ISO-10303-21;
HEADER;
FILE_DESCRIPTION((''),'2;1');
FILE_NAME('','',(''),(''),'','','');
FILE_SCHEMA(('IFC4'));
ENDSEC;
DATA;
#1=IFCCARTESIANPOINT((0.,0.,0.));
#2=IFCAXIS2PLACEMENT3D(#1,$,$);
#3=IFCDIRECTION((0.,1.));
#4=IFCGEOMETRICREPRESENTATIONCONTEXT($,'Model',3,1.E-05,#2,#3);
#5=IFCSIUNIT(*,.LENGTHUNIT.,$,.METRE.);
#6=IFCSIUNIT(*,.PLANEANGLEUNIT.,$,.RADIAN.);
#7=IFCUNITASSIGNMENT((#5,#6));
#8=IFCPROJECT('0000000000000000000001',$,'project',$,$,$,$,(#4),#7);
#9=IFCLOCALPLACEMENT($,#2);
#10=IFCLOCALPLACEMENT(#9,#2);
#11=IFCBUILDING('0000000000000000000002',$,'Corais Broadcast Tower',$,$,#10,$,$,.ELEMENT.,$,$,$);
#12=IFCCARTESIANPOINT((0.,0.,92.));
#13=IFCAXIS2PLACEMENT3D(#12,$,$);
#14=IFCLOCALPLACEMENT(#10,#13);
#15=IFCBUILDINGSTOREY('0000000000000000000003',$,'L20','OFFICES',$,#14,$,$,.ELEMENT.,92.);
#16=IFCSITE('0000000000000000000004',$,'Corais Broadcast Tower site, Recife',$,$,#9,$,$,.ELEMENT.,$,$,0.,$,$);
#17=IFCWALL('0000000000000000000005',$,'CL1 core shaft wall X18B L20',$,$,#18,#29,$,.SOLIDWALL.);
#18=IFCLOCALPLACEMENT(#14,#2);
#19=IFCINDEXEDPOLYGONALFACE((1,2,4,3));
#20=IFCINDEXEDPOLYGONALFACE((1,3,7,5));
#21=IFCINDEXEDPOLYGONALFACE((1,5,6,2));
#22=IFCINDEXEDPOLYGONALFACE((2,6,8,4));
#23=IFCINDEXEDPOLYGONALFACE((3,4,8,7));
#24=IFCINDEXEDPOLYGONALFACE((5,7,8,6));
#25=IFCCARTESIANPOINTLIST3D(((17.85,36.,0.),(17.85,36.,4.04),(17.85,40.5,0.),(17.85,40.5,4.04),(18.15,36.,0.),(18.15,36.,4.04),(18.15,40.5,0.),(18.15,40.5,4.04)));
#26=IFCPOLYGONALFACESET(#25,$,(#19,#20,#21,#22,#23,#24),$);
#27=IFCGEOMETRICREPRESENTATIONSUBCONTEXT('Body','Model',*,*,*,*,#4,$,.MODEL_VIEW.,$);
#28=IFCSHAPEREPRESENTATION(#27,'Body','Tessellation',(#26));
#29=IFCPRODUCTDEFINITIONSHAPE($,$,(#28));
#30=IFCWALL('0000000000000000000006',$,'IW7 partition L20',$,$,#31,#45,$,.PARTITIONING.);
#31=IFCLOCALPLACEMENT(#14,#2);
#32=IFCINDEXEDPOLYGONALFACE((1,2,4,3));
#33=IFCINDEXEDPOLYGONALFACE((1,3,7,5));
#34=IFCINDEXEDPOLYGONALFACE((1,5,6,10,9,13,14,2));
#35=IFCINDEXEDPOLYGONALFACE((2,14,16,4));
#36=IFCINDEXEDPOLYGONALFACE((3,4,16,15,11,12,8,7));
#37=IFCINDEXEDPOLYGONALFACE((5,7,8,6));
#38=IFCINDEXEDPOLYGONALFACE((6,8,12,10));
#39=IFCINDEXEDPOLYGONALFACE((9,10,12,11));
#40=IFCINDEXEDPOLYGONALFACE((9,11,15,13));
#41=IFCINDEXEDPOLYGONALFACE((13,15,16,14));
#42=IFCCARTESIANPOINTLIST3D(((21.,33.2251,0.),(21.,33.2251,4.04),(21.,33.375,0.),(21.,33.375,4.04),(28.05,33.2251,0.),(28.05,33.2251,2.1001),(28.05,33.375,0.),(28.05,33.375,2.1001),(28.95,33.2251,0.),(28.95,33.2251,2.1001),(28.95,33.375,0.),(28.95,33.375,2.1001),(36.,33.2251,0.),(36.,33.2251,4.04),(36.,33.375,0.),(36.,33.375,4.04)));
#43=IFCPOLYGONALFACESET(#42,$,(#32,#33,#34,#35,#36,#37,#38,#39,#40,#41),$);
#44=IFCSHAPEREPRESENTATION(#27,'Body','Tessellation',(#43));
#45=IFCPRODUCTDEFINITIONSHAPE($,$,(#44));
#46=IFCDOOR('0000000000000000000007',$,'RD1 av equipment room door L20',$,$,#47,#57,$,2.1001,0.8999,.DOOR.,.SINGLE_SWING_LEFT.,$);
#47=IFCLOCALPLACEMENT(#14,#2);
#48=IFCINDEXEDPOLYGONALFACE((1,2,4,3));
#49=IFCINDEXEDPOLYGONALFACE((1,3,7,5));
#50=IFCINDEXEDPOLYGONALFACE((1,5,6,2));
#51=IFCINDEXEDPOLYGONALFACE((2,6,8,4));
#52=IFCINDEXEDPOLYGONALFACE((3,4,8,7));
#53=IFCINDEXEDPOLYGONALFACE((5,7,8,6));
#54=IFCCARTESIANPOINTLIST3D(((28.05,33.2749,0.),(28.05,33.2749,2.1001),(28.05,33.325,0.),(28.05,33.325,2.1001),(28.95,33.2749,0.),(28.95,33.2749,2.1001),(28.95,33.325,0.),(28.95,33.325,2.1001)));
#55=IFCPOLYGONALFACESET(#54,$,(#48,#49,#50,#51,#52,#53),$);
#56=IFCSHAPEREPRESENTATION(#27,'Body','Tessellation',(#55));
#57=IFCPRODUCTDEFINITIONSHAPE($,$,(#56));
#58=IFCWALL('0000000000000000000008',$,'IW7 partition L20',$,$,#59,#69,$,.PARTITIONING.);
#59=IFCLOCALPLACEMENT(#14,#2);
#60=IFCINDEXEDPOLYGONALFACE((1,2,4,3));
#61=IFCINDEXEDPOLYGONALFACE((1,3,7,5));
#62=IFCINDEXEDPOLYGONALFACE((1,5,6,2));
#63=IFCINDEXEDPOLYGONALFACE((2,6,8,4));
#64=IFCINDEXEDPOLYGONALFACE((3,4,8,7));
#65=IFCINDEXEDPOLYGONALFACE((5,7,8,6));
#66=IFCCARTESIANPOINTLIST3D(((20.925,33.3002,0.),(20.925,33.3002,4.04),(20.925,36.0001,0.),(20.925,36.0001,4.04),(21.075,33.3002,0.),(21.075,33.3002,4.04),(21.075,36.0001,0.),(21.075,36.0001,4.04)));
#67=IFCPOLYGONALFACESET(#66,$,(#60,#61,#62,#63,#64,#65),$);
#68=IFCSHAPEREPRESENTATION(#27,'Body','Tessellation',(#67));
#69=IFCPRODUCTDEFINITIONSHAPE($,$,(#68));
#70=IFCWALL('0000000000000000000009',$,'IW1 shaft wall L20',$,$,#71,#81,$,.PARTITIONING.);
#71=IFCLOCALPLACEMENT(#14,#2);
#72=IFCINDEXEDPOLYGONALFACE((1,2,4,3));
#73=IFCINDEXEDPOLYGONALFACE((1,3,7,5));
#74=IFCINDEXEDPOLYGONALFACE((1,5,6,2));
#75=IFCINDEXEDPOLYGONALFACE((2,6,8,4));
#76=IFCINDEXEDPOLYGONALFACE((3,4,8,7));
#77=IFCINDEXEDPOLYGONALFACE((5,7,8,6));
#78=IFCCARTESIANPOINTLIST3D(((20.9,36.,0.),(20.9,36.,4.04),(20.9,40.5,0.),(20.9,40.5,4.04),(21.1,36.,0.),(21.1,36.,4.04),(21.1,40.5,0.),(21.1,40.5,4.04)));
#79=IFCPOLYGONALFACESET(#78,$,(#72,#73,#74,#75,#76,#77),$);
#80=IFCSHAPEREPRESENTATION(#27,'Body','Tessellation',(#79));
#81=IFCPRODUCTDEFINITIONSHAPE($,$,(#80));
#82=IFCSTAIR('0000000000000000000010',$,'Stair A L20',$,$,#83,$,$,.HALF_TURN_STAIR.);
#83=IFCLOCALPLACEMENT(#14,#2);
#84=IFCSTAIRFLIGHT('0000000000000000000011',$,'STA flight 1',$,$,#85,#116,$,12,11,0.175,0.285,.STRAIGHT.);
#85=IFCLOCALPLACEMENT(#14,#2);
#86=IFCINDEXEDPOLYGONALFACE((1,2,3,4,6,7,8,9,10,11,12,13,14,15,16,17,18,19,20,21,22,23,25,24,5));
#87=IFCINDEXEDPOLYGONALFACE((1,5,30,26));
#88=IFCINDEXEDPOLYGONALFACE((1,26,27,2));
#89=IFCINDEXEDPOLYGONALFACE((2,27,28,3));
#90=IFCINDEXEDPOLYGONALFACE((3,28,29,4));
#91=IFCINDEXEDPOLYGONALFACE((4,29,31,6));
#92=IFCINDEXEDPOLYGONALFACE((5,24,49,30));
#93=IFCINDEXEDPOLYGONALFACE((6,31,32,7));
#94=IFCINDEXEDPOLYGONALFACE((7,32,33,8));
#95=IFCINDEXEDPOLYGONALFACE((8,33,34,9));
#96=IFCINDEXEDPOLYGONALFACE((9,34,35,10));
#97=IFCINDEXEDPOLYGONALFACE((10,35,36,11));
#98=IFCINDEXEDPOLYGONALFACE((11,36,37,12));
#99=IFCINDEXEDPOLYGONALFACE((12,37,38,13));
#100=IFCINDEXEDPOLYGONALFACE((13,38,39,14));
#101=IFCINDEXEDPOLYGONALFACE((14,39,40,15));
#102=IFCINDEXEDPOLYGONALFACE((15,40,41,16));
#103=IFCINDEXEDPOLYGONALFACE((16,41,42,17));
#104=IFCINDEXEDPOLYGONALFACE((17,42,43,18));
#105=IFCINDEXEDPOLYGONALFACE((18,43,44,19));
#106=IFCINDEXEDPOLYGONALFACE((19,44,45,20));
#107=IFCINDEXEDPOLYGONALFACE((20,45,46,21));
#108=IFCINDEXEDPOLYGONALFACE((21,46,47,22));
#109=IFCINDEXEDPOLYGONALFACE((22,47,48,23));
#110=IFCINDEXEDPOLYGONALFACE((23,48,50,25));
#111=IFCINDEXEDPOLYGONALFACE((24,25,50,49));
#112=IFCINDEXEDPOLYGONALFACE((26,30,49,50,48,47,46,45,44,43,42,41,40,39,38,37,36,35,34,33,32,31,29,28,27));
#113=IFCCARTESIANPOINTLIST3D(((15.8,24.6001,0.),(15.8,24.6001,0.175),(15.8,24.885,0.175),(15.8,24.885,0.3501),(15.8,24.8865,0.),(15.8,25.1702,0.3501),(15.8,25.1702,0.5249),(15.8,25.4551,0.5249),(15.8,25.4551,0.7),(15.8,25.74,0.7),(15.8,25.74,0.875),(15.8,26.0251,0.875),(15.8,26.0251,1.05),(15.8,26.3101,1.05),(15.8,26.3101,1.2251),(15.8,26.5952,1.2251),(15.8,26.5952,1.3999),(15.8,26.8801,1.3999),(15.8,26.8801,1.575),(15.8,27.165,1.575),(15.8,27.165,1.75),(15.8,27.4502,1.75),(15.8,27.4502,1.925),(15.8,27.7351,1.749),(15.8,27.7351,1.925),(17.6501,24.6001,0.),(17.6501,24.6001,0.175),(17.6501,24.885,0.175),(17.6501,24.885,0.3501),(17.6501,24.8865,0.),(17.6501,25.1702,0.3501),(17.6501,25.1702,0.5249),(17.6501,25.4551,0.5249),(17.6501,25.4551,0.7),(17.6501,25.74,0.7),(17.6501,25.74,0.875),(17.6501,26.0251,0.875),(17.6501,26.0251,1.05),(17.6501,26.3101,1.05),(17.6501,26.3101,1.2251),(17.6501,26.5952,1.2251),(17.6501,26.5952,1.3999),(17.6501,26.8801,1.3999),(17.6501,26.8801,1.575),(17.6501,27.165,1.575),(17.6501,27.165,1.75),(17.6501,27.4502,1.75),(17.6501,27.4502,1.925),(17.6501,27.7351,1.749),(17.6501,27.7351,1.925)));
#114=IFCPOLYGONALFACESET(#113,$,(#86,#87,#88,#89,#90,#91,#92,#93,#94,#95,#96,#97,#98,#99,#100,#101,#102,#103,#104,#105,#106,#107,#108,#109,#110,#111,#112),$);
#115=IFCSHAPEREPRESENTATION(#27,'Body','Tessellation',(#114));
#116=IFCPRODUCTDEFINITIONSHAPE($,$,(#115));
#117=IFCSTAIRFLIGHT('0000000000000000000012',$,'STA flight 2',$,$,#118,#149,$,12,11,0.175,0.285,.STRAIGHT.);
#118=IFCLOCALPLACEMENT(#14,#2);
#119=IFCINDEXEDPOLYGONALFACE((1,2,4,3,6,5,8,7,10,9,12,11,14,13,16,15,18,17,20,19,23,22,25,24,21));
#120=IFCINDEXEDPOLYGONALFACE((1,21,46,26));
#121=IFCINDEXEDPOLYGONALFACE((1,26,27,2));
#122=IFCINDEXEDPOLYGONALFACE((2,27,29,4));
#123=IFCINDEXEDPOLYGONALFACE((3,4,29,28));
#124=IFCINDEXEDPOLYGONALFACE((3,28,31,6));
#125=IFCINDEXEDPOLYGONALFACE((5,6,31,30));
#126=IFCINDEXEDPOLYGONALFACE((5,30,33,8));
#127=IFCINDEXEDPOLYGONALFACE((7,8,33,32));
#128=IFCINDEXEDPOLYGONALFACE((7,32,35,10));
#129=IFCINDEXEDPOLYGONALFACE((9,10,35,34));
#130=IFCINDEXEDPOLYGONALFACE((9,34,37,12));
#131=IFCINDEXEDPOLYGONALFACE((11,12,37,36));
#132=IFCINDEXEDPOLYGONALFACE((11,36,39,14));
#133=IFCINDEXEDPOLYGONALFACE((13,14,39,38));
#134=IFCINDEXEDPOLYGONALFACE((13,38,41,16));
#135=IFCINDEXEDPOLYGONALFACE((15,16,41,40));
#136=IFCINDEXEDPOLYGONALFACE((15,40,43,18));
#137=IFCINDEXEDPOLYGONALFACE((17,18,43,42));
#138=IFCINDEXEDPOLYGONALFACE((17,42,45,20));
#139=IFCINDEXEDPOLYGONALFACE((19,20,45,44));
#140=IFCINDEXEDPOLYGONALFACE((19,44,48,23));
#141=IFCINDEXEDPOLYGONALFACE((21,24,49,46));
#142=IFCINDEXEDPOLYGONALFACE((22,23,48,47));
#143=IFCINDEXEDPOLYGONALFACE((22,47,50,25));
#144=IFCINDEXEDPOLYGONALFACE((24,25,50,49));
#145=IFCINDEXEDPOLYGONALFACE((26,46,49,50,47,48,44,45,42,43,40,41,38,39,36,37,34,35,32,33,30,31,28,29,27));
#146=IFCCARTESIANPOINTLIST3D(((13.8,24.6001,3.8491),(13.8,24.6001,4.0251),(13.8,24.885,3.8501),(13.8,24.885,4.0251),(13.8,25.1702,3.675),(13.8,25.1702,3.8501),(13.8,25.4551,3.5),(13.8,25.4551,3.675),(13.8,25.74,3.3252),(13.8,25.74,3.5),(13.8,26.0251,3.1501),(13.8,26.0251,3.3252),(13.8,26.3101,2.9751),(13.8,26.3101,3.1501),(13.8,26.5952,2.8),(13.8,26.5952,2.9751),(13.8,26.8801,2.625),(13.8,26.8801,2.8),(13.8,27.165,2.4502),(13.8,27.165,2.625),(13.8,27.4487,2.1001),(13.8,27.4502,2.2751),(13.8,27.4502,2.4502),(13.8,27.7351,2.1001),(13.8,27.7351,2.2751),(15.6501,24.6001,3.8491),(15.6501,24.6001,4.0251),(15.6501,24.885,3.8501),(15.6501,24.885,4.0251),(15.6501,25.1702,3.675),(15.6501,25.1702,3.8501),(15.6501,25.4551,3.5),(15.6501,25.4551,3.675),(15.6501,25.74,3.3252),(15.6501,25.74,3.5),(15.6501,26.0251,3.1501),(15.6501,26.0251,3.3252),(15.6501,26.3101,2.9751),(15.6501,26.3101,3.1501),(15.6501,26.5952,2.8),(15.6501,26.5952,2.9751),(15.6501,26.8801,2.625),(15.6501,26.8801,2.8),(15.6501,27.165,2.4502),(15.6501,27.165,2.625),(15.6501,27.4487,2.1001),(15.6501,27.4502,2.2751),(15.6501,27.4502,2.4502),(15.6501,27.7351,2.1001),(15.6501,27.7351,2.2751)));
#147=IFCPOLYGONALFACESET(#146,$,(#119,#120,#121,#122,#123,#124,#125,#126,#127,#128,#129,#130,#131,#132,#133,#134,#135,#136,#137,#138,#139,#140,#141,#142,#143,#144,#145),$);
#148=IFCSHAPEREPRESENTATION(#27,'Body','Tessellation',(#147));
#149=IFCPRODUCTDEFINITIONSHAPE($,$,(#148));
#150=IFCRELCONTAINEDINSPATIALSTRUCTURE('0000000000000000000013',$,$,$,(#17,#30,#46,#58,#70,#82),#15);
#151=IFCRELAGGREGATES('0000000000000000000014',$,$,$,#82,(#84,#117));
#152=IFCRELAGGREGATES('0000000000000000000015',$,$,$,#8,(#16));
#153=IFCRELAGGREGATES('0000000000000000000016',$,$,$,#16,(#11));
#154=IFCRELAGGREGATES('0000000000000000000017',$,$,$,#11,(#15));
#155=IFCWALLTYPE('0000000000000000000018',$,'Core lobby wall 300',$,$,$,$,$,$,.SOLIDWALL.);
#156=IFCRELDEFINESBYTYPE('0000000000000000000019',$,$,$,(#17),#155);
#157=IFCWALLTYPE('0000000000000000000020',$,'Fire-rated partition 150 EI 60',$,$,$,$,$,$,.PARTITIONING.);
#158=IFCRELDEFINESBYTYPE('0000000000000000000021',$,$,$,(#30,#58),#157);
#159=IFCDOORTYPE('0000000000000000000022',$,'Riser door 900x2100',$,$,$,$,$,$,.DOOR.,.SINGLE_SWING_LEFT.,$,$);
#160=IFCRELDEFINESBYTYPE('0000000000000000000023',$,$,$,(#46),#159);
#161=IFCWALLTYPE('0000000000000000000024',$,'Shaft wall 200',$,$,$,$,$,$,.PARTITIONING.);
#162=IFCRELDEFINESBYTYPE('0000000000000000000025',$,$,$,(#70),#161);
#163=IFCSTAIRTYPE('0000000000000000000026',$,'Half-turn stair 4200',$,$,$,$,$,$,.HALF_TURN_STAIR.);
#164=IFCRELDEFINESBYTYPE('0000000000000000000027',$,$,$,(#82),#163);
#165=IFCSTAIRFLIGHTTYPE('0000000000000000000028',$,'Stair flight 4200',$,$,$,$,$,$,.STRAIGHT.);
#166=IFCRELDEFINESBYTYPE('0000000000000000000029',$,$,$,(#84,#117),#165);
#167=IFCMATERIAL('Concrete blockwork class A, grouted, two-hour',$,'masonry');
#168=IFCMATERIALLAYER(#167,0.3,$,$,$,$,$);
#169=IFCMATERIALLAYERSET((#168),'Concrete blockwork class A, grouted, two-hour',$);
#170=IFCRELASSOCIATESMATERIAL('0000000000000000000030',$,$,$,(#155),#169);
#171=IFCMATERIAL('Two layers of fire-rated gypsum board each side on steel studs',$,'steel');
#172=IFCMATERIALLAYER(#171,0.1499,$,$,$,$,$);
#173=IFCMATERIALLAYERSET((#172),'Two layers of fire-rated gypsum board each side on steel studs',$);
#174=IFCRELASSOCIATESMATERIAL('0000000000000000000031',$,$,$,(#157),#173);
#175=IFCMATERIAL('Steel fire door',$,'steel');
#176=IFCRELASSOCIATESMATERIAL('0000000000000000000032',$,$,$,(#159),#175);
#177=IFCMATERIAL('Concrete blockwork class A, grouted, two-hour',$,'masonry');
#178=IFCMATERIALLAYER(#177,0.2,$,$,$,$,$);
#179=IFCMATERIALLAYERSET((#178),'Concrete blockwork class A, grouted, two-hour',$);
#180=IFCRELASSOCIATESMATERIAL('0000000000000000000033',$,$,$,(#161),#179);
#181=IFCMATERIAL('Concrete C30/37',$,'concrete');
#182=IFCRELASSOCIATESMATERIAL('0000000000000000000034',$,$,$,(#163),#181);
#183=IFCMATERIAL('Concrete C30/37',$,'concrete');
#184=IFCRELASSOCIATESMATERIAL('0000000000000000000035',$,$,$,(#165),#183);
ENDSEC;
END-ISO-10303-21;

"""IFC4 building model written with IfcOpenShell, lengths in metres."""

from ifc_helpers import new_model, si_unit, direction, frame, frame_2d, origin, place, context, subcontext, project, spatial, polyline, rectangle, outline, extrude, material, layer, layer_set, type_object, element, fill, aggregate, save


model = new_model("IFC4")

# Units and contexts
model_context = context("Model", 3, precision=1e-05, world=origin(), true_north=direction((0.0, 1.0)))
body_context = subcontext(model_context, "Body", "Model", "MODEL_VIEW")
ifc_project = project(units=[si_unit("LENGTHUNIT", "METRE"), si_unit("PLANEANGLEUNIT", "RADIAN")], contexts=[model_context])

# Site, building, storey
site_placement = place(None, origin())
site = spatial("IfcSite", under=ifc_project, at=site_placement, Name="Corais Broadcast Tower site, Recife", CompositionType="ELEMENT", RefElevation=0.0)
building_placement = place(site_placement, origin())
building = spatial("IfcBuilding", under=site, at=building_placement, Name="Corais Broadcast Tower", CompositionType="ELEMENT")
storey_placement = place(building_placement, frame((0.0, 0.0, 92.0)))
storey = spatial("IfcBuildingStorey", under=building, at=storey_placement, Name="L20", Description="OFFICES", CompositionType="ELEMENT", Elevation=92.0)

# Wall
ifc_material_1 = material(Name="Concrete blockwork class A, grouted, two-hour", Category="masonry")
ifc_layer_1 = layer(ifc_material_1, 0.3)
ifc_layer_set_1 = layer_set([ifc_layer_1], Name="Concrete blockwork class A, grouted, two-hour")
wall_type_1 = type_object("IfcWallType", Name="Core lobby wall 300", PredefinedType="SOLIDWALL", material=ifc_layer_set_1)
wall_1_placement = place(storey_placement, frame((18.0, 36.0, 0.0), z_axis=(0.0, 0.0, 1.0), x_axis=(0.0, 1.0, 0.0)))
element("IfcWall", 1, at=wall_1_placement, inside=storey, type_object=wall_type_1, Name="CL1 core shaft wall X18B L20", PredefinedType="SOLIDWALL", context=body_context, shape_type="SweptSolid", body=[
    extrude(rectangle(XDim=4.5, YDim=0.3, at=frame_2d((2.25, 0.0))), origin(), (0.0, 0.0, 1.0), 4.04),
])

# Wall, opening, door
ifc_material_2 = material(Name="Two layers of fire-rated gypsum board each side on steel studs", Category="steel")
ifc_layer_2 = layer(ifc_material_2, 0.1499)
ifc_layer_set_2 = layer_set([ifc_layer_2], Name="Two layers of fire-rated gypsum board each side on steel studs")
wall_type_2 = type_object("IfcWallType", Name="Fire-rated partition 150 EI 60", PredefinedType="PARTITIONING", material=ifc_layer_set_2)
wall_2_placement = place(storey_placement, frame((21.0, 33.3, 0.0), z_axis=(0.0, 0.0, 1.0), x_axis=(1.0, 0.0, 0.0)))
wall_2 = element("IfcWall", 2, at=wall_2_placement, inside=storey, type_object=wall_type_2, Name="IW7 partition L20", PredefinedType="PARTITIONING", context=body_context, shape_type="SweptSolid", body=[
    extrude(rectangle(XDim=15.0, YDim=0.1499, at=frame_2d((7.5, 0.0))), origin(), (0.0, 0.0, 1.0), 4.04),
])
opening_placement = place(wall_2_placement, frame((7.05, 0.0, 0.0)))
opening = element("IfcOpeningElement", 3, at=opening_placement, cuts=wall_2, PredefinedType="OPENING", context=body_context, shape_type="SweptSolid", body=[
    extrude(rectangle(XDim=0.8999, YDim=2.1001, at=frame_2d((0.45, 1.05))), frame((0.0, 0.085, 0.0), z_axis=(0.0, -1.0, 0.0), x_axis=(1.0, 0.0, 0.0)), (0.0, 0.0, 1.0), 0.1699),
])
ifc_material_3 = material(Name="Steel fire door", Category="steel")
door_type = type_object("IfcDoorType", Name="Riser door 900x2100", OperationType="SINGLE_SWING_LEFT", PredefinedType="DOOR", material=ifc_material_3)
door_placement = place(opening_placement, origin())
door = element("IfcDoor", 4, at=door_placement, inside=storey, type_object=door_type, Name="RD1 av equipment room door L20", OperationType="SINGLE_SWING_LEFT", OverallHeight=2.1001, OverallWidth=0.8999, PredefinedType="DOOR", context=body_context, shape_type="SweptSolid", body=[
    extrude(rectangle(XDim=0.8999, YDim=2.1001, at=frame_2d((0.45, 1.05))), frame((0.0, 0.0249, 0.0), z_axis=(0.0, -1.0, 0.0), x_axis=(1.0, 0.0, 0.0)), (0.0, 0.0, 1.0), 0.05),
])
fill(opening, door)

# Walls
wall_3_placement = place(storey_placement, frame((21.0, 33.3, 0.0), z_axis=(0.0, 0.0, 1.0), x_axis=(0.0, 1.0, 0.0)))
element("IfcWall", 5, at=wall_3_placement, inside=storey, type_object=wall_type_2, Name="IW7 partition L20", PredefinedType="PARTITIONING", context=body_context, shape_type="SweptSolid", body=[
    extrude(rectangle(XDim=2.7, YDim=0.1499, at=frame_2d((1.3501, 0.0))), origin(), (0.0, 0.0, 1.0), 4.04),
])
ifc_material_4 = material(Name="Concrete blockwork class A, grouted, two-hour", Category="masonry")
ifc_layer_3 = layer(ifc_material_4, 0.2)
ifc_layer_set_3 = layer_set([ifc_layer_3], Name="Concrete blockwork class A, grouted, two-hour")
wall_type_3 = type_object("IfcWallType", Name="Shaft wall 200", PredefinedType="PARTITIONING", material=ifc_layer_set_3)
wall_4_placement = place(storey_placement, frame((21.0, 36.0, 0.0), z_axis=(0.0, 0.0, 1.0), x_axis=(0.0, 1.0, 0.0)))
element("IfcWall", 6, at=wall_4_placement, inside=storey, type_object=wall_type_3, Name="IW1 shaft wall L20", PredefinedType="PARTITIONING", context=body_context, shape_type="SweptSolid", body=[
    extrude(rectangle(XDim=4.5, YDim=0.2, at=frame_2d((2.25, 0.0))), origin(), (0.0, 0.0, 1.0), 4.04),
])

# Stair, stair flights
ifc_material_5 = material(Name="Concrete C30/37", Category="concrete")
stair_type = type_object("IfcStairType", Name="Half-turn stair 4200", PredefinedType="HALF_TURN_STAIR", material=ifc_material_5)
stair_placement = place(storey_placement, origin())
stair = element("IfcStair", 7, at=stair_placement, inside=storey, type_object=stair_type, Name="Stair A L20", PredefinedType="HALF_TURN_STAIR")
ifc_material_6 = material(Name="Concrete C30/37", Category="concrete")
stair_flight_type = type_object("IfcStairFlightType", Name="Stair flight 4200", PredefinedType="STRAIGHT", material=ifc_material_6)
stair_flight_1_placement = place(storey_placement, frame((16.7251, 24.6001, 0.0), z_axis=(0.0, 0.0, 1.0), x_axis=(0.0, 1.0, 0.0)))
stair_flight_1 = element("IfcStairFlight", 8, at=stair_flight_1_placement, type_object=stair_flight_type, Name="STA flight 1", NumberOfRisers=12, NumberOfTreads=11, PredefinedType="STRAIGHT", RiserHeight=0.175, TreadLength=0.285, context=body_context, shape_type="SweptSolid", body=[
    extrude(outline(polyline([(0.0, 0.0), (0.0, 0.175), (0.2849, 0.175), (0.2849, 0.3501), (0.5701, 0.3501), (0.5701, 0.5249), (0.855, 0.5249), (0.855, 0.7), (1.1399, 0.7), (1.1399, 0.875), (1.425, 0.875), (1.425, 1.05), (1.71, 1.05), (1.71, 1.2251), (1.9951, 1.2251), (1.9951, 1.3999), (2.28, 1.3999), (2.28, 1.575), (2.5649, 1.575), (2.5649, 1.75), (2.8501, 1.75), (2.8501, 1.925), (3.135, 1.925), (3.135, 2.1001), (3.135, 1.749), (0.2864, 0.0), (0.0, 0.0)])), frame((0.0, 0.925, 0.0), z_axis=(0.0, -1.0, 0.0), x_axis=(1.0, 0.0, 0.0)), (0.0, 0.0, 1.0), 1.8501),
])
stair_flight_2_placement = place(storey_placement, frame((14.7251, 27.7351, 2.1001), z_axis=(0.0, 0.0, 1.0), x_axis=(0.0, -1.0, 0.0)))
stair_flight_2 = element("IfcStairFlight", 9, at=stair_flight_2_placement, type_object=stair_flight_type, Name="STA flight 2", NumberOfRisers=12, NumberOfTreads=11, PredefinedType="STRAIGHT", RiserHeight=0.175, TreadLength=0.285, context=body_context, shape_type="SweptSolid", body=[
    extrude(outline(polyline([(0.0, 0.0), (0.0, 0.175), (0.2849, 0.175), (0.2849, 0.3501), (0.5701, 0.3501), (0.5701, 0.5249), (0.855, 0.5249), (0.855, 0.7), (1.1399, 0.7), (1.1399, 0.875), (1.425, 0.875), (1.425, 1.05), (1.71, 1.05), (1.71, 1.2251), (1.9951, 1.2251), (1.9951, 1.3999), (2.28, 1.3999), (2.28, 1.575), (2.5649, 1.575), (2.5649, 1.75), (2.8501, 1.75), (2.8501, 1.925), (3.135, 1.925), (3.135, 2.1001), (3.135, 1.749), (0.2864, 0.0), (0.0, 0.0)])), frame((0.0, 0.925, 0.0), z_axis=(0.0, -1.0, 0.0), x_axis=(1.0, 0.0, 0.0)), (0.0, 0.0, 1.0), 1.8501),
])
aggregate(stair, [stair_flight_1, stair_flight_2])

save(model, "model.ifc")
